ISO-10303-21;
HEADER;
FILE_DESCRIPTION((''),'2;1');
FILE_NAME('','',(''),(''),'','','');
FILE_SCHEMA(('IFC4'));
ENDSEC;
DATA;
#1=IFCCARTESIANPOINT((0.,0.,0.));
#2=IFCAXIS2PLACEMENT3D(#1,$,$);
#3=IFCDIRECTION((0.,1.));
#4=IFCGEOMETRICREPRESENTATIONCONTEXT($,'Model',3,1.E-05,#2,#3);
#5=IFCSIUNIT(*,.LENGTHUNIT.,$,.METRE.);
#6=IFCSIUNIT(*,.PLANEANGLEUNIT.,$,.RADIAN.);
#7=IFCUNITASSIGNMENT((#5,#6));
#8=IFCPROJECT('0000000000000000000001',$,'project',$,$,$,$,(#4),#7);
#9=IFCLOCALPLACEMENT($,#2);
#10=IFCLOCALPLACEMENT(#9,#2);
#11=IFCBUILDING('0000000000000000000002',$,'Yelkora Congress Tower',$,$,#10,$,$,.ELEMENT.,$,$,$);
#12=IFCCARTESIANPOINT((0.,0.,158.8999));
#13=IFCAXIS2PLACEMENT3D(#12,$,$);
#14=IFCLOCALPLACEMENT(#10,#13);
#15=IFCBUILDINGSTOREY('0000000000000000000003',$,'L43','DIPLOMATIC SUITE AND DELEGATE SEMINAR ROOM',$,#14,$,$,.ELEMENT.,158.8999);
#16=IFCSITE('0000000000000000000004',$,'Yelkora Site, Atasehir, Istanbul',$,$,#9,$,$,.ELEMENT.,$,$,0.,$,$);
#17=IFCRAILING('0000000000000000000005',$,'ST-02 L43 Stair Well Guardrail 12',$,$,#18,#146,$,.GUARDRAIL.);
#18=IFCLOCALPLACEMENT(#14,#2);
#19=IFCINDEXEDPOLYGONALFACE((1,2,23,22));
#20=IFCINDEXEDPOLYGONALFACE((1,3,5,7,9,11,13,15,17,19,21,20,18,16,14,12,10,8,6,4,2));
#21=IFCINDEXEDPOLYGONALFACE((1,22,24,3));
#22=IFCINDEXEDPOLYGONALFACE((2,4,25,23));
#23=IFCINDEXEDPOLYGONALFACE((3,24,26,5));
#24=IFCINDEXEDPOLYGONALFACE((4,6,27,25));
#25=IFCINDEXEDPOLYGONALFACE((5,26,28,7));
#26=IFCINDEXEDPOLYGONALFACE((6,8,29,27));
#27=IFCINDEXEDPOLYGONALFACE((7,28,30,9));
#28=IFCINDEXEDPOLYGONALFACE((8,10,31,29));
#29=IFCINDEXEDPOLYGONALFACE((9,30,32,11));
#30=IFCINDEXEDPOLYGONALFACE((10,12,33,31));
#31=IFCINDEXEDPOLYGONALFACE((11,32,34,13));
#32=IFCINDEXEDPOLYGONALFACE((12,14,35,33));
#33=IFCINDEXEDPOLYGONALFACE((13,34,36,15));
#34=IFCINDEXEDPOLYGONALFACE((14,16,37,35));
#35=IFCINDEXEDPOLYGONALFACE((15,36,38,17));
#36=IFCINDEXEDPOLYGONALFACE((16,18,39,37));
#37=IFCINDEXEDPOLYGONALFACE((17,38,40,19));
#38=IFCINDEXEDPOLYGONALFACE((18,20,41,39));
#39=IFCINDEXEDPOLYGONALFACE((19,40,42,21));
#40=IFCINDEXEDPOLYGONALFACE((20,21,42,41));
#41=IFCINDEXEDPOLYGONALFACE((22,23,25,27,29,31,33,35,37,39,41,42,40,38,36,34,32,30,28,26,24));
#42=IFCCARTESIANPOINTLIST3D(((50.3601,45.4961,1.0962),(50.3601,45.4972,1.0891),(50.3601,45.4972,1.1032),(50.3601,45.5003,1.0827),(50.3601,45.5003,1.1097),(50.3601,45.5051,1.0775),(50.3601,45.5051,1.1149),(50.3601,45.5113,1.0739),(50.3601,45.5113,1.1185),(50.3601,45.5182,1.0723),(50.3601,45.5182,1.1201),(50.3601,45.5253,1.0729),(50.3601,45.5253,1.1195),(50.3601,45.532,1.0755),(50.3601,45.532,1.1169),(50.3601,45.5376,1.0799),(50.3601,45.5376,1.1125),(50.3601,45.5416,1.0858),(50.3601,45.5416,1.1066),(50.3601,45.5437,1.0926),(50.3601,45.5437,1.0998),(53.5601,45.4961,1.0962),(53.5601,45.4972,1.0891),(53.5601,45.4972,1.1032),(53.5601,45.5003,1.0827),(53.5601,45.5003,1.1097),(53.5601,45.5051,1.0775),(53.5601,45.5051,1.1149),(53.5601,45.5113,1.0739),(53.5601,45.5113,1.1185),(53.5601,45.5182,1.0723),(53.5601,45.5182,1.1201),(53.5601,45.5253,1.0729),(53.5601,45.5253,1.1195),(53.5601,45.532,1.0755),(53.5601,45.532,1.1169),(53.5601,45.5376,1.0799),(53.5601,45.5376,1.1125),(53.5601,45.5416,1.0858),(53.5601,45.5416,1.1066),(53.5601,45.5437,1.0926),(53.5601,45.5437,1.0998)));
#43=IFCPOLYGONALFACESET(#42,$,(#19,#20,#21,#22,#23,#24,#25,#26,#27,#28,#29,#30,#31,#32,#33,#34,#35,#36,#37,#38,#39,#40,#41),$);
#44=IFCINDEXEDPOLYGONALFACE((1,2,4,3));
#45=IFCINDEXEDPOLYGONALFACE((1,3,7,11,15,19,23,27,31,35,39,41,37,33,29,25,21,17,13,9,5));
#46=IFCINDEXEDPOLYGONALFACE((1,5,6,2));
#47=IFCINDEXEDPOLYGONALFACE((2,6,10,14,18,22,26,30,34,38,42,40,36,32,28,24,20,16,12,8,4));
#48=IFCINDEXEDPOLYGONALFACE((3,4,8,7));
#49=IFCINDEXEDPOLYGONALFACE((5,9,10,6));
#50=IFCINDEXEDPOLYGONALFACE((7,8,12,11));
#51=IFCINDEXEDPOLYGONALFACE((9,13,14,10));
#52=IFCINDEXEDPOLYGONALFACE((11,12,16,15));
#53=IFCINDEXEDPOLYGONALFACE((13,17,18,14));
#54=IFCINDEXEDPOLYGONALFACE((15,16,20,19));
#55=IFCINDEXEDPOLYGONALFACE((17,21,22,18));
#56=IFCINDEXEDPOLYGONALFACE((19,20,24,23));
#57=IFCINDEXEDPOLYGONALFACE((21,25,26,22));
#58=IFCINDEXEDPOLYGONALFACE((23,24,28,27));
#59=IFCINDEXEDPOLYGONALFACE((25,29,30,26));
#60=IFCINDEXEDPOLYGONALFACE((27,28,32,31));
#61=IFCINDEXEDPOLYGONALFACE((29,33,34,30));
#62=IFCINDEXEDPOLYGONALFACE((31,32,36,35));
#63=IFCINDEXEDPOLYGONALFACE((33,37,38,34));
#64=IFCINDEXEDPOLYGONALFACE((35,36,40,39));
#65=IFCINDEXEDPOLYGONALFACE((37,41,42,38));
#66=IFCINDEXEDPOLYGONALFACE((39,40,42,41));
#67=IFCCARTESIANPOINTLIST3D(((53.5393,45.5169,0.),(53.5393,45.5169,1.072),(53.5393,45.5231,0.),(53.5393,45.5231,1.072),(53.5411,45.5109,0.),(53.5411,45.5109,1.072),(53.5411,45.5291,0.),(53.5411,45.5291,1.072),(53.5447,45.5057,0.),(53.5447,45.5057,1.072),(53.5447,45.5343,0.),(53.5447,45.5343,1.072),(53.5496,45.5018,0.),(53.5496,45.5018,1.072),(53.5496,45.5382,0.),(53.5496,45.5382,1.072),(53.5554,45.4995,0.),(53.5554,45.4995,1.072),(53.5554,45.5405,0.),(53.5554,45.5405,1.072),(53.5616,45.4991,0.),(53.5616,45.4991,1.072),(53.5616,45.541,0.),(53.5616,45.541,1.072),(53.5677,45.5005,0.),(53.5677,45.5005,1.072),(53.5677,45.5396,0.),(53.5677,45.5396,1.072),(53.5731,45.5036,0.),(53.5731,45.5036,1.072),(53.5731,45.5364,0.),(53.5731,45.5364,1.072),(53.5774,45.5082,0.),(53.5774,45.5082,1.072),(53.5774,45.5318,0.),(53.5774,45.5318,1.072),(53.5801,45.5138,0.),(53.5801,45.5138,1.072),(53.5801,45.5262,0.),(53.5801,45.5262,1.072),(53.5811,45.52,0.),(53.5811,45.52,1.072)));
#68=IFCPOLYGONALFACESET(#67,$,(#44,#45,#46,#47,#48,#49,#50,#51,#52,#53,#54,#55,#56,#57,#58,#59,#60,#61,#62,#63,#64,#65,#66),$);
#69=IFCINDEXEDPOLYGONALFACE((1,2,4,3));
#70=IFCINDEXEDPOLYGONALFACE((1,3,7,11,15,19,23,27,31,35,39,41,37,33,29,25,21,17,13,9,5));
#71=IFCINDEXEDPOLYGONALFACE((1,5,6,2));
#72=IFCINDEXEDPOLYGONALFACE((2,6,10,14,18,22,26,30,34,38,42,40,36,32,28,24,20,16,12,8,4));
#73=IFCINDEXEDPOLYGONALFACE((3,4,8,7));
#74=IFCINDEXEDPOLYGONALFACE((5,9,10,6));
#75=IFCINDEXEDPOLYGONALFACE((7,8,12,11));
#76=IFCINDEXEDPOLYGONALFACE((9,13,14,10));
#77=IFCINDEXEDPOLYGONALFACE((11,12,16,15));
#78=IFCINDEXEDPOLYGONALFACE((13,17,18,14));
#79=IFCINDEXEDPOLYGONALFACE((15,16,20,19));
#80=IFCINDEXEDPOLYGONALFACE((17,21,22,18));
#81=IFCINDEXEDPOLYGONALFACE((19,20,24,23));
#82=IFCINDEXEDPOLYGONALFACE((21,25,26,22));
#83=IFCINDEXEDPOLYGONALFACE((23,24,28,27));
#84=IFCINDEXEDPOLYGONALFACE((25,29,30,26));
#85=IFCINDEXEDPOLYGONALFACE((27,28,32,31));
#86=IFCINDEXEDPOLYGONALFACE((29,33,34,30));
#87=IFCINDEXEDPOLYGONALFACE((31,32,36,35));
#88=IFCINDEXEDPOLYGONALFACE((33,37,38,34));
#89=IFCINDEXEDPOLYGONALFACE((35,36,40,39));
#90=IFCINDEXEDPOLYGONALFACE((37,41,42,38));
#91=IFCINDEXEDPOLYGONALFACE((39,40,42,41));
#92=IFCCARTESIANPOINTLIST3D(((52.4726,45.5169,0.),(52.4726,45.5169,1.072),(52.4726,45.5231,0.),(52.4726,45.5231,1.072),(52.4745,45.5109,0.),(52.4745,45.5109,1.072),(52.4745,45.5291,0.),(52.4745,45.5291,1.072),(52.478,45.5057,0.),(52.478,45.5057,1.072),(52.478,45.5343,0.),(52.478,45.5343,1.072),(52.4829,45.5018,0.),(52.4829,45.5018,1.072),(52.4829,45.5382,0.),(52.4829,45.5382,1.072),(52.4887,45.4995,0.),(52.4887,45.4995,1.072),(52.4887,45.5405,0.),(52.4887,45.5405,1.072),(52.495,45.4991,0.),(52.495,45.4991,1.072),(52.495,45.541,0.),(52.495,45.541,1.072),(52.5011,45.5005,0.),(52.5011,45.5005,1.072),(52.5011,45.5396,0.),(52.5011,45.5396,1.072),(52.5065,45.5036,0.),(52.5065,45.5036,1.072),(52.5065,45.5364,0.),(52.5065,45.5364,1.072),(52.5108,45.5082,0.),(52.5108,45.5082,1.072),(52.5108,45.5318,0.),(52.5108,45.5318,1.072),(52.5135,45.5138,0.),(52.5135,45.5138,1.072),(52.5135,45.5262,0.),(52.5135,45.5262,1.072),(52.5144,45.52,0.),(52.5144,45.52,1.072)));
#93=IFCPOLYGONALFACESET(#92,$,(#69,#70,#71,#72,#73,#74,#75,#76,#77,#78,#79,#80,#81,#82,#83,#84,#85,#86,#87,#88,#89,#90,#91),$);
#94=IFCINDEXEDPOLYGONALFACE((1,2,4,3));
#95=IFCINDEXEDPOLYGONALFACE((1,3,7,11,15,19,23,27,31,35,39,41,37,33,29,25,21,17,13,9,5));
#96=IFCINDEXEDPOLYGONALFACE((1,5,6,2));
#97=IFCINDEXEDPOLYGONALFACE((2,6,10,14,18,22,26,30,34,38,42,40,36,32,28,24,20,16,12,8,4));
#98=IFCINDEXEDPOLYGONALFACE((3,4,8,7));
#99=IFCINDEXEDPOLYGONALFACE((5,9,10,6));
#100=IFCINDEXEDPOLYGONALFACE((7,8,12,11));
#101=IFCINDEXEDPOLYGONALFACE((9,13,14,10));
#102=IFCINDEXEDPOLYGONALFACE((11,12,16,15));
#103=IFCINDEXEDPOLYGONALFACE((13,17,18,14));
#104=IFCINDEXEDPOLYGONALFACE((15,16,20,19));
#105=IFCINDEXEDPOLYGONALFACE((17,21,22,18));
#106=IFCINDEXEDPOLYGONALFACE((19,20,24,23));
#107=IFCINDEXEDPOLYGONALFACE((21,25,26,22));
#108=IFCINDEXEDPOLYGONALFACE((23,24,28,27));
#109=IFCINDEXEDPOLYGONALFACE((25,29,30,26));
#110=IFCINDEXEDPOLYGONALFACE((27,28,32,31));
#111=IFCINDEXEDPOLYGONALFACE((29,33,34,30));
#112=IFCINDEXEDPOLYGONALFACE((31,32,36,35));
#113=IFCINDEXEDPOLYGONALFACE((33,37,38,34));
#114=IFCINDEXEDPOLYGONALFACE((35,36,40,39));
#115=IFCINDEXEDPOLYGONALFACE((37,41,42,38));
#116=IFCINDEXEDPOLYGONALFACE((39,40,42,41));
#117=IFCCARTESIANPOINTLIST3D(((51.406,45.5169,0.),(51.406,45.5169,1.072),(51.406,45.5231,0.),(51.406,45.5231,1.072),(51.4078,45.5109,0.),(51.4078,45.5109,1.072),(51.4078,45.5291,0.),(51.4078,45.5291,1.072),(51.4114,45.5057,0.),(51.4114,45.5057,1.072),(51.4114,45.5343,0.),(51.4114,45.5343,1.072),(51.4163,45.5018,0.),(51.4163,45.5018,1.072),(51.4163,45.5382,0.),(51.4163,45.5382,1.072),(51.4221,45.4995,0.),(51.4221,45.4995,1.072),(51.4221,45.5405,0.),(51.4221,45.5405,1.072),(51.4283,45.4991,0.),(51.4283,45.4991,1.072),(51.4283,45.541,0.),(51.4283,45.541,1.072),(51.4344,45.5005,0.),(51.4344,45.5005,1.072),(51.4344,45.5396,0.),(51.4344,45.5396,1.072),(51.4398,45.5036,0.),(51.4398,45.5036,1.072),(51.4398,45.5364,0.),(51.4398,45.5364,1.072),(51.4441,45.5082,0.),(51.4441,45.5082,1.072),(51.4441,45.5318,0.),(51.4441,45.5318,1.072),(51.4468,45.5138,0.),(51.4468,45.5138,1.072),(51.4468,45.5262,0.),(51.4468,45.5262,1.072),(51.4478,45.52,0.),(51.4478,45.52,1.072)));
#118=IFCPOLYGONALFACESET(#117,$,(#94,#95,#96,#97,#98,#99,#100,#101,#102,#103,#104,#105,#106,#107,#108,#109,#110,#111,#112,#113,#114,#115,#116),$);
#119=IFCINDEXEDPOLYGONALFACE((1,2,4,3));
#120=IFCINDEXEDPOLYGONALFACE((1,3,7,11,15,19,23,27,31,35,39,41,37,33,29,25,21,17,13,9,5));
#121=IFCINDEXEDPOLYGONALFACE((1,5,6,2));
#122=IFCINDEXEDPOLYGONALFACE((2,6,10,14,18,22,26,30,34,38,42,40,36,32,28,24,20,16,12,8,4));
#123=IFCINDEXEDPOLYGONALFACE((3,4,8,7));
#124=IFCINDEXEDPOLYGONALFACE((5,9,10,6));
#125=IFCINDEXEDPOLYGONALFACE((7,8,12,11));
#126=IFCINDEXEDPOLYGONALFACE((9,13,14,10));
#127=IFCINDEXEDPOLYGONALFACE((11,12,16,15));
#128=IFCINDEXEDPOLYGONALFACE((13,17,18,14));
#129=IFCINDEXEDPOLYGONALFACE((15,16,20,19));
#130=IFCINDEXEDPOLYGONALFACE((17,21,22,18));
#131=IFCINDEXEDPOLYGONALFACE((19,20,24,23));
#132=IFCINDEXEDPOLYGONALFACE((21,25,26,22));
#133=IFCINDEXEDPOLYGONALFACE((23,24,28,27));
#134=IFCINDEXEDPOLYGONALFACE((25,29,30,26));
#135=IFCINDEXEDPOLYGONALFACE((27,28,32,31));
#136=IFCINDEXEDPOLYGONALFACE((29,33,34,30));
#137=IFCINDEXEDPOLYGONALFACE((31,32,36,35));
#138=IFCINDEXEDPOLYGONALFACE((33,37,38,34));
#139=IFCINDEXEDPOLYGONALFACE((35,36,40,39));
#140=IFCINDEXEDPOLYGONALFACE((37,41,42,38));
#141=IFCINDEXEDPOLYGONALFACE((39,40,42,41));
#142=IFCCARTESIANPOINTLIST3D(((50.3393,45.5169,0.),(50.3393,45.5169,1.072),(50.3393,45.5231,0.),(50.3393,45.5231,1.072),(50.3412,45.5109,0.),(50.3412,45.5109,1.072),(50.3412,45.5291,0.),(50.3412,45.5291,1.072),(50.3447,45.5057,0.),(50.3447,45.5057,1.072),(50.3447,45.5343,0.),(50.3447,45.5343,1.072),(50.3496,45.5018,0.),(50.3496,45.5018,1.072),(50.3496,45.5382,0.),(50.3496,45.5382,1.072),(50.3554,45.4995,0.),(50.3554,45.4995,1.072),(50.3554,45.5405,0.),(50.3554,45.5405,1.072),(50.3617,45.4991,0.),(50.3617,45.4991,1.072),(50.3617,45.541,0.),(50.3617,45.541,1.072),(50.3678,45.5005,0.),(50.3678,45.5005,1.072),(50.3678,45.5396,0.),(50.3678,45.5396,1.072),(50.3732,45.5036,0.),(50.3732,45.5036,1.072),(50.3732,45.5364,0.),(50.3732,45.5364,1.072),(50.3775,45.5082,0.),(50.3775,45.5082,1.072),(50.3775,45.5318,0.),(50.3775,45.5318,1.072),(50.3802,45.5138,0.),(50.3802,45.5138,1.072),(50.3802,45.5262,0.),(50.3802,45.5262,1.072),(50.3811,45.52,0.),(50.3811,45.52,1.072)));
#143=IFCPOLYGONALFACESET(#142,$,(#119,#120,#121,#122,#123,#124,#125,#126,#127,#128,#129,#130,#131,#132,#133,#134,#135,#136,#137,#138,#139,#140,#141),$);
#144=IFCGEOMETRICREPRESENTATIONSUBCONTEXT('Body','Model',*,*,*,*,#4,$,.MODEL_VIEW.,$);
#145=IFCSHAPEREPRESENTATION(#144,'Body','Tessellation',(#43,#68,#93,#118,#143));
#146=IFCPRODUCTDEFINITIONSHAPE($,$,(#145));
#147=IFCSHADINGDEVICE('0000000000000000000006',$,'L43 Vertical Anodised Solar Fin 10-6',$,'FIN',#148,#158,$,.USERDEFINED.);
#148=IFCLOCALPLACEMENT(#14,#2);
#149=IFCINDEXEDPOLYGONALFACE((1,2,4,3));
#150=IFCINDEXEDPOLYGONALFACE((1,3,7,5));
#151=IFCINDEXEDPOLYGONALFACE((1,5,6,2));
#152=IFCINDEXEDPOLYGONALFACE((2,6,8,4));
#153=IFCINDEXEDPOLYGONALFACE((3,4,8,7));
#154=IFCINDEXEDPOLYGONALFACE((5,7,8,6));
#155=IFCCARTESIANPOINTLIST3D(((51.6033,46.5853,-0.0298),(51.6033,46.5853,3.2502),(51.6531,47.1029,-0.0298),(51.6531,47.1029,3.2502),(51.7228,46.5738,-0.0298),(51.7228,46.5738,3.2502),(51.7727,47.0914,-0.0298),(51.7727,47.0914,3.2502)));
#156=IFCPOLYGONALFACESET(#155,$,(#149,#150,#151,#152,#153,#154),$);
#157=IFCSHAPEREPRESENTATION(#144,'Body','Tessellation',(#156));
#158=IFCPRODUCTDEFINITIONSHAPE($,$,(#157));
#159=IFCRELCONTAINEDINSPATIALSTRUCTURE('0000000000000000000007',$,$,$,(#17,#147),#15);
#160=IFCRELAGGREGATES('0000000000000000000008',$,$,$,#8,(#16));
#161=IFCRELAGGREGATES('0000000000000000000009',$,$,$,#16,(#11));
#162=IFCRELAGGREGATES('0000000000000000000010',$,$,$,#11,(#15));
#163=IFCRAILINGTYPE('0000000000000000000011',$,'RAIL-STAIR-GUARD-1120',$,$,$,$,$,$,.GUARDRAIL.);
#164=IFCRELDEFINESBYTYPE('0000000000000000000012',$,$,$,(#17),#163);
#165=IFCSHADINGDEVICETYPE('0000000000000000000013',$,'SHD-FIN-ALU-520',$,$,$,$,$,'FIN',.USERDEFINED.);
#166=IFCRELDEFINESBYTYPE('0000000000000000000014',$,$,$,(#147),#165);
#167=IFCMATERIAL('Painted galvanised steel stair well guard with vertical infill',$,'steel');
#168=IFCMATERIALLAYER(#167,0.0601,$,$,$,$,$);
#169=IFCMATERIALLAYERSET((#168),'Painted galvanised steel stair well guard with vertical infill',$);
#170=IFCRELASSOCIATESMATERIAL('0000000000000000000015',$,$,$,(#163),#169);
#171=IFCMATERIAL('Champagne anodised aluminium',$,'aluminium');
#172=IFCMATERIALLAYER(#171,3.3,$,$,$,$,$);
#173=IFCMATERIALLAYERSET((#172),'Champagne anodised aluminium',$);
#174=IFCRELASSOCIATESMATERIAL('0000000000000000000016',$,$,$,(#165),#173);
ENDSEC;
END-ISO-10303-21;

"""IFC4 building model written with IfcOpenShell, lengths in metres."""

from ifc_helpers import new_model, si_unit, direction, frame, origin, origin_2d, place, context, subcontext, project, spatial, rectangle, circle, extrude, material, layer, layer_set, type_object, element, save


model = new_model("IFC4")

# Units and contexts
model_context = context("Model", 3, precision=1e-05, world=origin(), true_north=direction((0.0, 1.0)))
body_context = subcontext(model_context, "Body", "Model", "MODEL_VIEW")
ifc_project = project(units=[si_unit("LENGTHUNIT", "METRE"), si_unit("PLANEANGLEUNIT", "RADIAN")], contexts=[model_context])

# Site, building, storey
site_placement = place(None, origin())
site = spatial("IfcSite", under=ifc_project, at=site_placement, Name="Yelkora Site, Atasehir, Istanbul", CompositionType="ELEMENT", RefElevation=0.0)
building_placement = place(site_placement, origin())
building = spatial("IfcBuilding", under=site, at=building_placement, Name="Yelkora Congress Tower", CompositionType="ELEMENT")
storey_placement = place(building_placement, frame((0.0, 0.0, 158.8999)))
storey = spatial("IfcBuildingStorey", under=building, at=storey_placement, Name="L43", Description="DIPLOMATIC SUITE AND DELEGATE SEMINAR ROOM", CompositionType="ELEMENT", Elevation=158.8999)

# Railing
ifc_material_1 = material(Name="Painted galvanised steel stair well guard with vertical infill", Category="steel")
ifc_layer_1 = layer(ifc_material_1, 0.0601)
ifc_layer_set_1 = layer_set([ifc_layer_1], Name="Painted galvanised steel stair well guard with vertical infill")
railing_type = type_object("IfcRailingType", Name="RAIL-STAIR-GUARD-1120", PredefinedType="GUARDRAIL", material=ifc_layer_set_1)
railing_1_placement = place(storey_placement, frame((53.5601, 45.52, 0.0)))
element("IfcRailing", 1, at=railing_1_placement, inside=storey, type_object=railing_type, Name="ST-02 L43 Stair Well Guardrail 12", PredefinedType="GUARDRAIL", context=body_context, shape_type="SweptSolid", body=[
    extrude(circle(Radius=0.0239, at=origin_2d()), frame((0.0, 0.0, 1.0962), z_axis=(-1.0, 0.0, 0.0), x_axis=(0.0, -1.0, 0.0)), (0.0, 0.0, 1.0), 3.2),
    extrude(circle(Radius=0.021, at=origin_2d()), origin(), (0.0, 0.0, 1.0), 1.072),
    extrude(circle(Radius=0.021, at=origin_2d()), frame((-1.0667, 0.0, 0.0)), (0.0, 0.0, 1.0), 1.072),
    extrude(circle(Radius=0.021, at=origin_2d()), frame((-2.1333, 0.0, 0.0)), (0.0, 0.0, 1.0), 1.072),
    extrude(circle(Radius=0.021, at=origin_2d()), frame((-3.2, 0.0, 0.0)), (0.0, 0.0, 1.0), 1.072),
])

# Shading device
ifc_material_2 = material(Name="Champagne anodised aluminium", Category="aluminium")
ifc_layer_2 = layer(ifc_material_2, 3.3)
ifc_layer_set_2 = layer_set([ifc_layer_2], Name="Champagne anodised aluminium")
shading_device_type = type_object("IfcShadingDeviceType", Name="SHD-FIN-ALU-520", ElementType="FIN", PredefinedType="USERDEFINED", material=ifc_layer_set_2)
shading_device_placement = place(storey_placement, frame((51.688, 46.8384, -0.0298), z_axis=(0.0, 0.0, 1.0), x_axis=(0.995396, -0.095846, 0.0)))
element("IfcShadingDevice", 2, at=shading_device_placement, inside=storey, type_object=shading_device_type, Name="L43 Vertical Anodised Solar Fin 10-6", ObjectType="FIN", PredefinedType="USERDEFINED", context=body_context, shape_type="SweptSolid", body=[
    extrude(rectangle(XDim=0.1201, YDim=0.52, at=origin_2d()), origin(), (0.0, 0.0, 1.0), 3.28),
])

save(model, "model.ifc")
